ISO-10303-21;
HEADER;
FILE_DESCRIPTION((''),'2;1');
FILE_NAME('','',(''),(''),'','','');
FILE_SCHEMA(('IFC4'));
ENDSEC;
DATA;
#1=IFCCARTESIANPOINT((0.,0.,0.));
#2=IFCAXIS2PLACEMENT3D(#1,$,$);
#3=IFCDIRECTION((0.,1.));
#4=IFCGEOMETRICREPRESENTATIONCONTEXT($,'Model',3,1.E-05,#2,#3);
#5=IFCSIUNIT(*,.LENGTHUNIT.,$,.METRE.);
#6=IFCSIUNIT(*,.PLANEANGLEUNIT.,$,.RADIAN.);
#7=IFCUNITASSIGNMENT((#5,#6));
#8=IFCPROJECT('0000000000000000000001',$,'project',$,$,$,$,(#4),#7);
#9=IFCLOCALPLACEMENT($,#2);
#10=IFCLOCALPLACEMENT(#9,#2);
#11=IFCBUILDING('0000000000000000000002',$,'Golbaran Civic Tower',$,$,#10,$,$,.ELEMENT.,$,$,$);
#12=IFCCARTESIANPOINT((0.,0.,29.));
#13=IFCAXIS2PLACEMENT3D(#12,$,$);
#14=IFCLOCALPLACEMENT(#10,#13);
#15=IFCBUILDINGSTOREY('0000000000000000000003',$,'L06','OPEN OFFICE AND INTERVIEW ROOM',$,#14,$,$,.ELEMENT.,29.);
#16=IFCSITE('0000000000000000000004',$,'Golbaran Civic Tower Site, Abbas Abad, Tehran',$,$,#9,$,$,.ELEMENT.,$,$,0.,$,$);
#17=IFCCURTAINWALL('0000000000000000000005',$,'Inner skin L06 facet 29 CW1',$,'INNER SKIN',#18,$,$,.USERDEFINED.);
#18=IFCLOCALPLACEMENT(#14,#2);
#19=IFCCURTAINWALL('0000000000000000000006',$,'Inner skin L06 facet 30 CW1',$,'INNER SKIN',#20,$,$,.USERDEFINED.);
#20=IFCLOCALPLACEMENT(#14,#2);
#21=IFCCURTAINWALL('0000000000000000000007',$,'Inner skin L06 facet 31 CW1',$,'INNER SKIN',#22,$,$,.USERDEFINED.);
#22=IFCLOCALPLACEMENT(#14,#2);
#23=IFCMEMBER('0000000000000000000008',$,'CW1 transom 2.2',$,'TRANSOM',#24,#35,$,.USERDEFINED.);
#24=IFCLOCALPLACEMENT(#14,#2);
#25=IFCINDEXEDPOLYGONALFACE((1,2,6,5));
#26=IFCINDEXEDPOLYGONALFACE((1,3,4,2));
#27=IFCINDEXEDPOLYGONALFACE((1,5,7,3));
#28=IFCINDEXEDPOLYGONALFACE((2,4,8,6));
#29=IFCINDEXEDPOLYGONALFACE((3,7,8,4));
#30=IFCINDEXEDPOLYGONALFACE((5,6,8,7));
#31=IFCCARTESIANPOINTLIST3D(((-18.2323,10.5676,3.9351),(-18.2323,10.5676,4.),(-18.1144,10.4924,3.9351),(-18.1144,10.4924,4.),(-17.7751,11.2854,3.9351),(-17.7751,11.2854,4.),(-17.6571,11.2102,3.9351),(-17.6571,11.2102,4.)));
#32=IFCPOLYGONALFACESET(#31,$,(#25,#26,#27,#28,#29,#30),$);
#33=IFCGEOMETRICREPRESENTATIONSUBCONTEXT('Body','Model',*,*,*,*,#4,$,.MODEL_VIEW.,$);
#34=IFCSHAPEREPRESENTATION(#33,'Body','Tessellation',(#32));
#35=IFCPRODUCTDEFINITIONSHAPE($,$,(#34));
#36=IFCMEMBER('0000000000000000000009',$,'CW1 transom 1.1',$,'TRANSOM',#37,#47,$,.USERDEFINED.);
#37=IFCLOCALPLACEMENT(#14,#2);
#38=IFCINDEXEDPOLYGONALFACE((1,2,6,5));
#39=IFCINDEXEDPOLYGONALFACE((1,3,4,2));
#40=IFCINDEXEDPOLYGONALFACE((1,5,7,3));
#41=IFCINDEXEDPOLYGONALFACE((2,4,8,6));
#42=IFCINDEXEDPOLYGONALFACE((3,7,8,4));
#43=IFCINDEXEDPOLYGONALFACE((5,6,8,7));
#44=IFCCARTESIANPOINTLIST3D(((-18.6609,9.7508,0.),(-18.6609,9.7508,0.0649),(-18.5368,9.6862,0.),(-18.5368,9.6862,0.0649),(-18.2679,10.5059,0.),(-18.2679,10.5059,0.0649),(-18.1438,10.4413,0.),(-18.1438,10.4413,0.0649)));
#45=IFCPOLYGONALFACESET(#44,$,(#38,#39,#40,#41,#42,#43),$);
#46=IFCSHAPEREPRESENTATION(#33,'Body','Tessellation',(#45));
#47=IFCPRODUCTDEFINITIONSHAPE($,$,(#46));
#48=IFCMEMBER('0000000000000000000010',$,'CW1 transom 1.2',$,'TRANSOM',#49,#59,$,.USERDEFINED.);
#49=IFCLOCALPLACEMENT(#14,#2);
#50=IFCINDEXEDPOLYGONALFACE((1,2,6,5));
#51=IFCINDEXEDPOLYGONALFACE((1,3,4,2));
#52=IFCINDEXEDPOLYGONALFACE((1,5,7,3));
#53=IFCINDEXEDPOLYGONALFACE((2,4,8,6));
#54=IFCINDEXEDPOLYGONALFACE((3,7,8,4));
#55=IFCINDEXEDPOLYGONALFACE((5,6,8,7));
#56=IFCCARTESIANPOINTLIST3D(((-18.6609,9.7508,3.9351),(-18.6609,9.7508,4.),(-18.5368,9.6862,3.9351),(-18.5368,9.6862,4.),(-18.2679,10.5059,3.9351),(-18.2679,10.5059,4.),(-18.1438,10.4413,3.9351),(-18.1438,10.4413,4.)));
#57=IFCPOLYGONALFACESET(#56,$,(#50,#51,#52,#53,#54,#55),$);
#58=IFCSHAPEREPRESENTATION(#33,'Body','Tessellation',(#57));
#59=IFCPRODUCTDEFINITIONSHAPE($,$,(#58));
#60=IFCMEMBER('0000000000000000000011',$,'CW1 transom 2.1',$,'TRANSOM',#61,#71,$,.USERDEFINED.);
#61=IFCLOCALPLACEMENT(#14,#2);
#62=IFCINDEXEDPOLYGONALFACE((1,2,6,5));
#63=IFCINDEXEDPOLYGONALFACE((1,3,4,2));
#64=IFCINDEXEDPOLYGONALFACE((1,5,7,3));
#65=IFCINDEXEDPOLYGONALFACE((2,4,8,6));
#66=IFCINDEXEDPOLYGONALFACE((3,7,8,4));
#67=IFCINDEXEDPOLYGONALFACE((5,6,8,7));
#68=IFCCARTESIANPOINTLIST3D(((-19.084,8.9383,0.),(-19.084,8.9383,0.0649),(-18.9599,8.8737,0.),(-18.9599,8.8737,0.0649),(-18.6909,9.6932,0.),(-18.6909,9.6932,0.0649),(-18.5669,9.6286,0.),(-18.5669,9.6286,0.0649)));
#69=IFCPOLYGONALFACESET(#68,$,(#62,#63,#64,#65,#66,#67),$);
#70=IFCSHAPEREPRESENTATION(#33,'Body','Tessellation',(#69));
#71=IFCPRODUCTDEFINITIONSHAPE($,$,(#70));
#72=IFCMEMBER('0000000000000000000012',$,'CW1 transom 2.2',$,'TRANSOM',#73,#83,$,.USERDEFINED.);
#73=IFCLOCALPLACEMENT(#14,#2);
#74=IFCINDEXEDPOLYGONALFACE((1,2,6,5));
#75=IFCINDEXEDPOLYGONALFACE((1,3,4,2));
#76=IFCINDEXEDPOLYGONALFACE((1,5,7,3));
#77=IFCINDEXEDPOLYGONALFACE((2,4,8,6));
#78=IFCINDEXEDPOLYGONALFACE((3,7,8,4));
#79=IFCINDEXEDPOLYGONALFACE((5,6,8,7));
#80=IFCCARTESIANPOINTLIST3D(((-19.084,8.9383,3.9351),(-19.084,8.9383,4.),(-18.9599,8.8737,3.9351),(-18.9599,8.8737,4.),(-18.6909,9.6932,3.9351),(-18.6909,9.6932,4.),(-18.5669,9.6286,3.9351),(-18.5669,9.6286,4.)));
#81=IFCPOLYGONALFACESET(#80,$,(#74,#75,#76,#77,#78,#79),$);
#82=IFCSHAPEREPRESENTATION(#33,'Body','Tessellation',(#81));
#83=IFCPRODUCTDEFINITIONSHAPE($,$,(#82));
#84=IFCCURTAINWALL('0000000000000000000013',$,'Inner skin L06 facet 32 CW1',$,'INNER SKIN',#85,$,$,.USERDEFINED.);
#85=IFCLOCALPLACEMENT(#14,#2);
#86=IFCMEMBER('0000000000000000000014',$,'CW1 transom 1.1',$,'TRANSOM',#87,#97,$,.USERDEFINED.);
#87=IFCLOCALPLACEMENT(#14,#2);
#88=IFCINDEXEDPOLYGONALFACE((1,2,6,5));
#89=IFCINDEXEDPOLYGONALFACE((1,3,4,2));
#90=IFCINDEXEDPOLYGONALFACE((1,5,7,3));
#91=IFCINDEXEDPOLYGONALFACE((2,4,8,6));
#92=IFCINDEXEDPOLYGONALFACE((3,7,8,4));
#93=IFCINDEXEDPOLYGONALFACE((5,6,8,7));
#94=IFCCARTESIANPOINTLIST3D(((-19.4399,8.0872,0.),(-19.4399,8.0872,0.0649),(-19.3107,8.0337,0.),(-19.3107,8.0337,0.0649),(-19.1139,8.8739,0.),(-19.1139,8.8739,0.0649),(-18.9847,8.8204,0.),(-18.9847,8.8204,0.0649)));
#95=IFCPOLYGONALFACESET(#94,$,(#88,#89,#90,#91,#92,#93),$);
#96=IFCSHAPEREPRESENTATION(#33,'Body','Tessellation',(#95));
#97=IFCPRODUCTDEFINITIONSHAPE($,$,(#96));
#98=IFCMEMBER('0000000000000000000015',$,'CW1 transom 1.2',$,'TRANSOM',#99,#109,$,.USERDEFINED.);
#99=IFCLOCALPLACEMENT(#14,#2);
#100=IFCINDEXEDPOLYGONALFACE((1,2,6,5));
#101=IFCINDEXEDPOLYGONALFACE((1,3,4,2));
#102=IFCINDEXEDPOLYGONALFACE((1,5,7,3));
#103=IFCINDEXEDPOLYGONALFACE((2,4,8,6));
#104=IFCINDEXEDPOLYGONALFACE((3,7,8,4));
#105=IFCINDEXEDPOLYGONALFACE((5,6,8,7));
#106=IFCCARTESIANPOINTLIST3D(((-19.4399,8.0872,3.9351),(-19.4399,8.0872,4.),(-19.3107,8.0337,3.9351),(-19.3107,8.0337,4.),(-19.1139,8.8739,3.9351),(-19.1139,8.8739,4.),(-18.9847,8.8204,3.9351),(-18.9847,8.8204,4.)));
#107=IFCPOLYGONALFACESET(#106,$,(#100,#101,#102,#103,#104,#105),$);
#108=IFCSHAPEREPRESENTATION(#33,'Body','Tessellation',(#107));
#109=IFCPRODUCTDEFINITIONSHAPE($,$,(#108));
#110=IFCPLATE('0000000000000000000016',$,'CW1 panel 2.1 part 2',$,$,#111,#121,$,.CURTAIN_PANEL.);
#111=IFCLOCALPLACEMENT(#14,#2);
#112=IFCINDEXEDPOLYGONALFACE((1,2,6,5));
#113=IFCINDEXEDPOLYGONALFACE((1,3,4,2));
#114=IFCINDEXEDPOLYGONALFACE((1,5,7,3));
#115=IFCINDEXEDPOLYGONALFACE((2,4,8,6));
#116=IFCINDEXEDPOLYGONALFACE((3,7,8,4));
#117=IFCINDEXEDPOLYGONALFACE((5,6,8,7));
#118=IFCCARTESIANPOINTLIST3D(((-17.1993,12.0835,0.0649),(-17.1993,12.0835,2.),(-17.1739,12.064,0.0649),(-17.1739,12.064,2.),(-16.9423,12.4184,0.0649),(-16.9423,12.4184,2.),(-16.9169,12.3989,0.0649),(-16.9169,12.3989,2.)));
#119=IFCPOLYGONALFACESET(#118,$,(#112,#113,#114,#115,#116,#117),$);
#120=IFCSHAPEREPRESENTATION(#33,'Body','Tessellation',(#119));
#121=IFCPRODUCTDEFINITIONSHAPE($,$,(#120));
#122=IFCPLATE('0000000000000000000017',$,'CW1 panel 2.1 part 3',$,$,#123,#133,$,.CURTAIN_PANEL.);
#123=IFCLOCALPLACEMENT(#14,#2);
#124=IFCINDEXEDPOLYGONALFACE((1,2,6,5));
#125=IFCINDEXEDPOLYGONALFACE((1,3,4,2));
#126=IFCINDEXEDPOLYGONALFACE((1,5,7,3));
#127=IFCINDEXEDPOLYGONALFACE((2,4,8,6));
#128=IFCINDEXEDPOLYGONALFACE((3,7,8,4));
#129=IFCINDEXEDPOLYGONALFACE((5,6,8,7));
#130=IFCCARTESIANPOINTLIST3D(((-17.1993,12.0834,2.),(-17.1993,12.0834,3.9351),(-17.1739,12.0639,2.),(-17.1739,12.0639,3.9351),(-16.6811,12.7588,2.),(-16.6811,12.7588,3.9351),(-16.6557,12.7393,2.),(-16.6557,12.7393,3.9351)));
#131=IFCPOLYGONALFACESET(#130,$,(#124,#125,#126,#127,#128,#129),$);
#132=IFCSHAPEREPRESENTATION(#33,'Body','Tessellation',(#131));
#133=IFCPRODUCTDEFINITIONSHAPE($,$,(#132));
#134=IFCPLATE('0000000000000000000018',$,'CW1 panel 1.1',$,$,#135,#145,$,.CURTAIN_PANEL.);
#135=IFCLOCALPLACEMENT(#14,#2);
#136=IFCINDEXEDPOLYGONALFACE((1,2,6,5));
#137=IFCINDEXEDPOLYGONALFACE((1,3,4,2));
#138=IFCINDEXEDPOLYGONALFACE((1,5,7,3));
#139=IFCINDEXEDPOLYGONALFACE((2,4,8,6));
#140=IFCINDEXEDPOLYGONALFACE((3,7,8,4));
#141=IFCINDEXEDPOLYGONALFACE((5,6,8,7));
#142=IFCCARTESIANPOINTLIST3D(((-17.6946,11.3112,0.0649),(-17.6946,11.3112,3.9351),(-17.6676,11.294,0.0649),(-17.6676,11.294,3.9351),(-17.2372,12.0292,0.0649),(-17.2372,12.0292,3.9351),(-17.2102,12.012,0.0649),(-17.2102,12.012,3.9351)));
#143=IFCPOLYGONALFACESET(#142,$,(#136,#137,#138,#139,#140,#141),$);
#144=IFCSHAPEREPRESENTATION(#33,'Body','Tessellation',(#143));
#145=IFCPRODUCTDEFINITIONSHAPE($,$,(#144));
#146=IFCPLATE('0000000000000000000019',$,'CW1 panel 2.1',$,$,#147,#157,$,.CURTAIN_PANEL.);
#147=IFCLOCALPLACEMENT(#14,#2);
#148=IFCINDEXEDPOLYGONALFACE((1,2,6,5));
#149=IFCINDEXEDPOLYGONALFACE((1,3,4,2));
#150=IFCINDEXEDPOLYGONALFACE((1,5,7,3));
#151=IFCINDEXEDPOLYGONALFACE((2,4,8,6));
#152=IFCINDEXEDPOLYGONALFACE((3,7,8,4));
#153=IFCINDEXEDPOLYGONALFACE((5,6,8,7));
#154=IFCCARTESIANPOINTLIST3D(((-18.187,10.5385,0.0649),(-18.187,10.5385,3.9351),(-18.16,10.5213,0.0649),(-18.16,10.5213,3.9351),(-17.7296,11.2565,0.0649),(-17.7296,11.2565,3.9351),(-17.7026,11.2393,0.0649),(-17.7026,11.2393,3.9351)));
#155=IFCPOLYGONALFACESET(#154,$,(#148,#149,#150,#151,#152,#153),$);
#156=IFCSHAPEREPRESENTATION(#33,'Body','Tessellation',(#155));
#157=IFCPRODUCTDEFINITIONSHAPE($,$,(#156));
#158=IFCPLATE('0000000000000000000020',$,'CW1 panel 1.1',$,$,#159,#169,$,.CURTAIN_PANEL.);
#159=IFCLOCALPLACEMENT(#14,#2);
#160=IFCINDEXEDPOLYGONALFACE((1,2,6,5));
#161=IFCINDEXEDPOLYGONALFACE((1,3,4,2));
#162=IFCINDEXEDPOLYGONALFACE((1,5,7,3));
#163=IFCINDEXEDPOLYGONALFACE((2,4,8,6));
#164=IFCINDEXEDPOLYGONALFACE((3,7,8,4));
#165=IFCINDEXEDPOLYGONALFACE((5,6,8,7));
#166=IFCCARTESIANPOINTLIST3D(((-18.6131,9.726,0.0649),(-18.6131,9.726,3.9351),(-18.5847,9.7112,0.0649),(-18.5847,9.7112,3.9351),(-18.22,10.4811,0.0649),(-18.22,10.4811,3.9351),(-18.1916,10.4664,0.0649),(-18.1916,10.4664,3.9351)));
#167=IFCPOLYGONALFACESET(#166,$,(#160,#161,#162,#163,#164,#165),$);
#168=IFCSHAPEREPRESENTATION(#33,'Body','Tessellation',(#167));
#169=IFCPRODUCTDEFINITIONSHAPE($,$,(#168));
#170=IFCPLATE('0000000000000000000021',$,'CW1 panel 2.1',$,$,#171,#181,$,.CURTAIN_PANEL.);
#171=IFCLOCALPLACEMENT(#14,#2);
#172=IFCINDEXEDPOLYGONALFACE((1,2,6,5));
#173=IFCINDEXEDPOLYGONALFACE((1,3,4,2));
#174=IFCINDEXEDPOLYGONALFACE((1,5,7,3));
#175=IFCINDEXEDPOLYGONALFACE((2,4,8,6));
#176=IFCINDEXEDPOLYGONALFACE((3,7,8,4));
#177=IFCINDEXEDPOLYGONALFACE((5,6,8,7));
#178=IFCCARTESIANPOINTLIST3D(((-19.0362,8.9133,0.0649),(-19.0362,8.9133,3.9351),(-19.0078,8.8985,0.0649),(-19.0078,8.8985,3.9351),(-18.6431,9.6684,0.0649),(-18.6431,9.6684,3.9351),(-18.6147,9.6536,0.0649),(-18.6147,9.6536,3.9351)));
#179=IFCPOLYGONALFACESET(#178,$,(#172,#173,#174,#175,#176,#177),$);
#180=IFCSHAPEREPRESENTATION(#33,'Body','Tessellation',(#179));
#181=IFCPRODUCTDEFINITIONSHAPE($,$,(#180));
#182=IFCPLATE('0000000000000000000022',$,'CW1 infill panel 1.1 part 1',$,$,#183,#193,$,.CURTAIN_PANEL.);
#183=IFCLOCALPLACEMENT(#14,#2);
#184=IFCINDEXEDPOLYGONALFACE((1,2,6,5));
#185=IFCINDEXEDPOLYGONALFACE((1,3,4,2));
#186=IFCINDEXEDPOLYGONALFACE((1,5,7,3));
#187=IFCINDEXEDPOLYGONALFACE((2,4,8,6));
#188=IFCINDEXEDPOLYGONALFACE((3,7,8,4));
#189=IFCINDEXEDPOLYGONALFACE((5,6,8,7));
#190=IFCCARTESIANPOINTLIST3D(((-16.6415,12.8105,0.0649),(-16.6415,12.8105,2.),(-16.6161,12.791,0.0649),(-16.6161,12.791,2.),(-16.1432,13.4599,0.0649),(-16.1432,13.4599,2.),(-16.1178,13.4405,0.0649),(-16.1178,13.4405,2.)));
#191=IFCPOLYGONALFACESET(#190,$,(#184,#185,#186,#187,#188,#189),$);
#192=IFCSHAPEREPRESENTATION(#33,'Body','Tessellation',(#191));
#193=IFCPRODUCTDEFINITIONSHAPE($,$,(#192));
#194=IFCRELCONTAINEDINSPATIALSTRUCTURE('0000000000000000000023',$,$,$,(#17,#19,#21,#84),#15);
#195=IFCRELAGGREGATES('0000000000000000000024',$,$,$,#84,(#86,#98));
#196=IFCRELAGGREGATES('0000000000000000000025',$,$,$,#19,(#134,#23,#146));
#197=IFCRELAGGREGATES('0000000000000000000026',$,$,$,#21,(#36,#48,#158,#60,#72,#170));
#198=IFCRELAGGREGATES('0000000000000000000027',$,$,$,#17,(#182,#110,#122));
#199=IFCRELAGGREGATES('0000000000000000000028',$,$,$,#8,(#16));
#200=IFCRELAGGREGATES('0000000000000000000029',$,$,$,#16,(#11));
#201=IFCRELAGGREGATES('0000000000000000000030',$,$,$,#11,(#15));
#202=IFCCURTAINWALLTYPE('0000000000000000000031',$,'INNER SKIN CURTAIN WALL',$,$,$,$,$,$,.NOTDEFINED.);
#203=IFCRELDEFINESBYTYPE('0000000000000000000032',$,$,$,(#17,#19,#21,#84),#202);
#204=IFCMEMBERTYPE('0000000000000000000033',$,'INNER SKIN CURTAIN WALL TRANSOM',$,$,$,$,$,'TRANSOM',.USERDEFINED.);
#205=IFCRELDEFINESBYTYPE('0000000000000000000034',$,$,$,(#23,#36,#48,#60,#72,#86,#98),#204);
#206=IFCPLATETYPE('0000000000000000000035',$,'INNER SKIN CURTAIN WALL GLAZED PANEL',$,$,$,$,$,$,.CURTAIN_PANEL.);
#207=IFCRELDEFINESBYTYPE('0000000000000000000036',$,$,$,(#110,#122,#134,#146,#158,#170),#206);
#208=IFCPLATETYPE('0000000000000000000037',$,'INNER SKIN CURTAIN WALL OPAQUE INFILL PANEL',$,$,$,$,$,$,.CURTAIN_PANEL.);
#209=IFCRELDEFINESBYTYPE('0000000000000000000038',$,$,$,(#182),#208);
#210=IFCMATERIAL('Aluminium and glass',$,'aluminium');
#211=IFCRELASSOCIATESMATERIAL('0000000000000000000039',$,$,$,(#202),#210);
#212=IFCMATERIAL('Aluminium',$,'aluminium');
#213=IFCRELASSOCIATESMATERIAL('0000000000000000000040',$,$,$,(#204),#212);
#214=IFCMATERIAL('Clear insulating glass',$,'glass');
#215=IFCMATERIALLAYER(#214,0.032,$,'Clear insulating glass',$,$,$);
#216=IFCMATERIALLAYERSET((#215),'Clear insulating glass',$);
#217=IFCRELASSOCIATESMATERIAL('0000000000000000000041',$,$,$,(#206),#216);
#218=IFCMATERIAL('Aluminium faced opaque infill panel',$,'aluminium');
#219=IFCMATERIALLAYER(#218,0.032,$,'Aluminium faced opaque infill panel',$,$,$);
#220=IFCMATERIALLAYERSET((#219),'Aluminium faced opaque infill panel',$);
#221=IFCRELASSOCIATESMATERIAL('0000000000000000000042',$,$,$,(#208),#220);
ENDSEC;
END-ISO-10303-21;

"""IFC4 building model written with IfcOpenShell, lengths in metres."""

from ifc_helpers import new_model, si_unit, direction, frame, origin, origin_2d, place, context, subcontext, project, spatial, rectangle, extrude, material, layer, layer_set, material_profile, profile_set, type_object, element, aggregate, save


model = new_model("IFC4")

# Units and contexts
model_context = context("Model", 3, precision=1e-05, world=origin(), true_north=direction((0.0, 1.0)))
body_context = subcontext(model_context, "Body", "Model", "MODEL_VIEW")
ifc_project = project(units=[si_unit("LENGTHUNIT", "METRE"), si_unit("PLANEANGLEUNIT", "RADIAN")], contexts=[model_context])

# Site, building, storey
site_placement = place(None, origin())
site = spatial("IfcSite", under=ifc_project, at=site_placement, Name="Golbaran Civic Tower Site, Abbas Abad, Tehran", CompositionType="ELEMENT", RefElevation=0.0)
building_placement = place(site_placement, origin())
building = spatial("IfcBuilding", under=site, at=building_placement, Name="Golbaran Civic Tower", CompositionType="ELEMENT")
storey_placement = place(building_placement, frame((0.0, 0.0, 29.0)))
storey = spatial("IfcBuildingStorey", under=building, at=storey_placement, Name="L06", Description="OPEN OFFICE AND INTERVIEW ROOM", CompositionType="ELEMENT", Elevation=29.0)

# Curtain walls
ifc_material_1 = material(Name="Aluminium and glass", Category="aluminium")
curtain_wall_type = type_object("IfcCurtainWallType", Name="INNER SKIN CURTAIN WALL", PredefinedType="NOTDEFINED", material=ifc_material_1)
curtain_wall_1_placement = place(storey_placement, origin())
curtain_wall_1 = element("IfcCurtainWall", 1, at=curtain_wall_1_placement, inside=storey, type_object=curtain_wall_type, Name="Inner skin L06 facet 29 CW1", ObjectType="INNER SKIN", PredefinedType="USERDEFINED")
ifc_material_2 = material(Name="Aluminium", Category="aluminium")
curtain_wall_2_placement = place(storey_placement, origin())
curtain_wall_2 = element("IfcCurtainWall", 2, at=curtain_wall_2_placement, inside=storey, type_object=curtain_wall_type, Name="Inner skin L06 facet 30 CW1", ObjectType="INNER SKIN", PredefinedType="USERDEFINED")
curtain_wall_3_placement = place(storey_placement, origin())
curtain_wall_3 = element("IfcCurtainWall", 3, at=curtain_wall_3_placement, inside=storey, type_object=curtain_wall_type, Name="Inner skin L06 facet 31 CW1", ObjectType="INNER SKIN", PredefinedType="USERDEFINED")

# Members
ifc_material_profile_1 = material_profile(ifc_material_2, rectangle(XDim=0.1399, YDim=0.0649, at=origin_2d()), Name="INNER SKIN CURTAIN WALL TRANSOM")
ifc_profile_set_1 = profile_set([ifc_material_profile_1], Name="Aluminium")
member_type_1 = type_object("IfcMemberType", Name="INNER SKIN CURTAIN WALL TRANSOM", ElementType="TRANSOM", PredefinedType="USERDEFINED", material=ifc_profile_set_1)
member_1_placement = place(storey_placement, frame((-17.7161, 11.2478, 3.9675), z_axis=(-0.537302, -0.84339, 0.0), x_axis=(0.84339, -0.537302, 0.0)))
member_1 = element("IfcMember", 4, at=member_1_placement, type_object=member_type_1, Name="CW1 transom 2.2", ObjectType="TRANSOM", PredefinedType="USERDEFINED", context=body_context, shape_type="SweptSolid", body=[
    extrude(rectangle(XDim=0.1399, YDim=0.0649, at=origin_2d()), origin(), (0.0, 0.0, 1.0), 0.8511),
])
member_2_placement = place(storey_placement, frame((-18.2058, 10.4736, 0.0325), z_axis=(-0.461723, -0.887024, 0.0), x_axis=(0.887024, -0.461723, 0.0)))
member_2 = element("IfcMember", 5, at=member_2_placement, type_object=member_type_1, Name="CW1 transom 1.1", ObjectType="TRANSOM", PredefinedType="USERDEFINED", context=body_context, shape_type="SweptSolid", body=[
    extrude(rectangle(XDim=0.1399, YDim=0.0649, at=origin_2d()), origin(), (0.0, 0.0, 1.0), 0.8513),
])
member_3_placement = place(storey_placement, frame((-18.2058, 10.4736, 3.9675), z_axis=(-0.461723, -0.887024, 0.0), x_axis=(0.887024, -0.461723, 0.0)))
member_3 = element("IfcMember", 6, at=member_3_placement, type_object=member_type_1, Name="CW1 transom 1.2", ObjectType="TRANSOM", PredefinedType="USERDEFINED", context=body_context, shape_type="SweptSolid", body=[
    extrude(rectangle(XDim=0.1399, YDim=0.0649, at=origin_2d()), origin(), (0.0, 0.0, 1.0), 0.8513),
])
member_4_placement = place(storey_placement, frame((-18.6289, 9.6609, 0.0325), z_axis=(-0.46184, -0.886963, 0.0), x_axis=(0.886963, -0.46184, 0.0)))
member_4 = element("IfcMember", 7, at=member_4_placement, type_object=member_type_1, Name="CW1 transom 2.1", ObjectType="TRANSOM", PredefinedType="USERDEFINED", context=body_context, shape_type="SweptSolid", body=[
    extrude(rectangle(XDim=0.1399, YDim=0.0649, at=origin_2d()), origin(), (0.0, 0.0, 1.0), 0.8511),
])
member_5_placement = place(storey_placement, frame((-18.6289, 9.6609, 3.9675), z_axis=(-0.46184, -0.886963, 0.0), x_axis=(0.886963, -0.46184, 0.0)))
member_5 = element("IfcMember", 8, at=member_5_placement, type_object=member_type_1, Name="CW1 transom 2.2", ObjectType="TRANSOM", PredefinedType="USERDEFINED", context=body_context, shape_type="SweptSolid", body=[
    extrude(rectangle(XDim=0.1399, YDim=0.0649, at=origin_2d()), origin(), (0.0, 0.0, 1.0), 0.8511),
])

# Curtain wall, members
curtain_wall_4_placement = place(storey_placement, origin())
curtain_wall_4 = element("IfcCurtainWall", 9, at=curtain_wall_4_placement, inside=storey, type_object=curtain_wall_type, Name="Inner skin L06 facet 32 CW1", ObjectType="INNER SKIN", PredefinedType="USERDEFINED")
member_6_placement = place(storey_placement, frame((-19.0493, 8.8472, 0.0325), z_axis=(-0.382782, -0.923839, 0.0), x_axis=(0.923839, -0.382782, 0.0)))
member_6 = element("IfcMember", 10, at=member_6_placement, type_object=member_type_1, Name="CW1 transom 1.1", ObjectType="TRANSOM", PredefinedType="USERDEFINED", context=body_context, shape_type="SweptSolid", body=[
    extrude(rectangle(XDim=0.1399, YDim=0.0649, at=origin_2d()), origin(), (0.0, 0.0, 1.0), 0.8516),
])
member_7_placement = place(storey_placement, frame((-19.0493, 8.8472, 3.9675), z_axis=(-0.382782, -0.923839, 0.0), x_axis=(0.923839, -0.382782, 0.0)))
member_7 = element("IfcMember", 11, at=member_7_placement, type_object=member_type_1, Name="CW1 transom 1.2", ObjectType="TRANSOM", PredefinedType="USERDEFINED", context=body_context, shape_type="SweptSolid", body=[
    extrude(rectangle(XDim=0.1399, YDim=0.0649, at=origin_2d()), origin(), (0.0, 0.0, 1.0), 0.8516),
])
aggregate(curtain_wall_4, [member_6, member_7])

# Plates
ifc_material_3 = material(Name="Clear insulating glass", Category="glass")
ifc_layer_1 = layer(ifc_material_3, 0.032, Name="Clear insulating glass")
ifc_layer_set_1 = layer_set([ifc_layer_1], Name="Clear insulating glass")
plate_type_1 = type_object("IfcPlateType", Name="INNER SKIN CURTAIN WALL GLAZED PANEL", PredefinedType="CURTAIN_PANEL", material=ifc_layer_set_1)
plate_1_placement = place(storey_placement, frame((-17.0581, 12.2412, 0.0649), z_axis=(0.0, 0.0, 1.0), x_axis=(-0.608761, -0.793353, 0.0)))
plate_1 = element("IfcPlate", 12, at=plate_1_placement, type_object=plate_type_1, Name="CW1 panel 2.1 part 2", PredefinedType="CURTAIN_PANEL", context=body_context, shape_type="SweptSolid", body=[
    extrude(rectangle(XDim=0.4221, YDim=0.032, at=origin_2d()), origin(), (0.0, 0.0, 1.0), 1.9351),
])
plate_2_placement = place(storey_placement, frame((-16.9275, 12.4114, 2.0), z_axis=(0.0, 0.0, 1.0), x_axis=(-0.608761, -0.793353, 0.0)))
plate_2 = element("IfcPlate", 13, at=plate_2_placement, type_object=plate_type_1, Name="CW1 panel 2.1 part 3", PredefinedType="CURTAIN_PANEL", context=body_context, shape_type="SweptSolid", body=[
    extrude(rectangle(XDim=0.8513, YDim=0.032, at=origin_2d()), origin(), (0.0, 0.0, 1.0), 1.9351),
])
plate_3_placement = place(storey_placement, frame((-17.4524, 11.6616, 0.0649), z_axis=(0.0, 0.0, 1.0), x_axis=(-0.5373, -0.843391, 0.0)))
plate_3 = element("IfcPlate", 14, at=plate_3_placement, type_object=plate_type_1, Name="CW1 panel 1.1", PredefinedType="CURTAIN_PANEL", context=body_context, shape_type="SweptSolid", body=[
    extrude(rectangle(XDim=0.8513, YDim=0.032, at=origin_2d()), origin(), (0.0, 0.0, 1.0), 3.8701),
])
plate_4_placement = place(storey_placement, frame((-17.9448, 10.8889, 0.0649), z_axis=(0.0, 0.0, 1.0), x_axis=(-0.5373, -0.843391, 0.0)))
plate_4 = element("IfcPlate", 15, at=plate_4_placement, type_object=plate_type_1, Name="CW1 panel 2.1", PredefinedType="CURTAIN_PANEL", context=body_context, shape_type="SweptSolid", body=[
    extrude(rectangle(XDim=0.8513, YDim=0.032, at=origin_2d()), origin(), (0.0, 0.0, 1.0), 3.8701),
])
aggregate(curtain_wall_2, [plate_3, member_1, plate_4])
plate_5_placement = place(storey_placement, frame((-18.4023, 10.0962, 0.0649), z_axis=(0.0, 0.0, 1.0), x_axis=(-0.461749, -0.887011, 0.0)))
plate_5 = element("IfcPlate", 16, at=plate_5_placement, type_object=plate_type_1, Name="CW1 panel 1.1", PredefinedType="CURTAIN_PANEL", context=body_context, shape_type="SweptSolid", body=[
    extrude(rectangle(XDim=0.8513, YDim=0.032, at=origin_2d()), origin(), (0.0, 0.0, 1.0), 3.8701),
])
plate_6_placement = place(storey_placement, frame((-18.8254, 9.2834, 0.0649), z_axis=(0.0, 0.0, 1.0), x_axis=(-0.461749, -0.887011, 0.0)))
plate_6 = element("IfcPlate", 17, at=plate_6_placement, type_object=plate_type_1, Name="CW1 panel 2.1", PredefinedType="CURTAIN_PANEL", context=body_context, shape_type="SweptSolid", body=[
    extrude(rectangle(XDim=0.8513, YDim=0.032, at=origin_2d()), origin(), (0.0, 0.0, 1.0), 3.8701),
])
aggregate(curtain_wall_3, [member_2, member_3, plate_5, member_4, member_5, plate_6])
ifc_material_4 = material(Name="Aluminium faced opaque infill panel", Category="aluminium")
ifc_layer_2 = layer(ifc_material_4, 0.032, Name="Aluminium faced opaque infill panel")
ifc_layer_set_2 = layer_set([ifc_layer_2], Name="Aluminium faced opaque infill panel")
plate_type_2 = type_object("IfcPlateType", Name="INNER SKIN CURTAIN WALL OPAQUE INFILL PANEL", PredefinedType="CURTAIN_PANEL", material=ifc_layer_set_2)
plate_7_placement = place(storey_placement, frame((-16.3796, 13.1255, 0.0649), z_axis=(0.0, 0.0, 1.0), x_axis=(-0.608761, -0.793353, 0.0)))
plate_7 = element("IfcPlate", 18, at=plate_7_placement, type_object=plate_type_2, Name="CW1 infill panel 1.1 part 1", PredefinedType="CURTAIN_PANEL", context=body_context, shape_type="SweptSolid", body=[
    extrude(rectangle(XDim=0.8186, YDim=0.032, at=origin_2d()), origin(), (0.0, 0.0, 1.0), 1.9351),
])
aggregate(curtain_wall_1, [plate_7, plate_1, plate_2])

save(model, "model.ifc")
